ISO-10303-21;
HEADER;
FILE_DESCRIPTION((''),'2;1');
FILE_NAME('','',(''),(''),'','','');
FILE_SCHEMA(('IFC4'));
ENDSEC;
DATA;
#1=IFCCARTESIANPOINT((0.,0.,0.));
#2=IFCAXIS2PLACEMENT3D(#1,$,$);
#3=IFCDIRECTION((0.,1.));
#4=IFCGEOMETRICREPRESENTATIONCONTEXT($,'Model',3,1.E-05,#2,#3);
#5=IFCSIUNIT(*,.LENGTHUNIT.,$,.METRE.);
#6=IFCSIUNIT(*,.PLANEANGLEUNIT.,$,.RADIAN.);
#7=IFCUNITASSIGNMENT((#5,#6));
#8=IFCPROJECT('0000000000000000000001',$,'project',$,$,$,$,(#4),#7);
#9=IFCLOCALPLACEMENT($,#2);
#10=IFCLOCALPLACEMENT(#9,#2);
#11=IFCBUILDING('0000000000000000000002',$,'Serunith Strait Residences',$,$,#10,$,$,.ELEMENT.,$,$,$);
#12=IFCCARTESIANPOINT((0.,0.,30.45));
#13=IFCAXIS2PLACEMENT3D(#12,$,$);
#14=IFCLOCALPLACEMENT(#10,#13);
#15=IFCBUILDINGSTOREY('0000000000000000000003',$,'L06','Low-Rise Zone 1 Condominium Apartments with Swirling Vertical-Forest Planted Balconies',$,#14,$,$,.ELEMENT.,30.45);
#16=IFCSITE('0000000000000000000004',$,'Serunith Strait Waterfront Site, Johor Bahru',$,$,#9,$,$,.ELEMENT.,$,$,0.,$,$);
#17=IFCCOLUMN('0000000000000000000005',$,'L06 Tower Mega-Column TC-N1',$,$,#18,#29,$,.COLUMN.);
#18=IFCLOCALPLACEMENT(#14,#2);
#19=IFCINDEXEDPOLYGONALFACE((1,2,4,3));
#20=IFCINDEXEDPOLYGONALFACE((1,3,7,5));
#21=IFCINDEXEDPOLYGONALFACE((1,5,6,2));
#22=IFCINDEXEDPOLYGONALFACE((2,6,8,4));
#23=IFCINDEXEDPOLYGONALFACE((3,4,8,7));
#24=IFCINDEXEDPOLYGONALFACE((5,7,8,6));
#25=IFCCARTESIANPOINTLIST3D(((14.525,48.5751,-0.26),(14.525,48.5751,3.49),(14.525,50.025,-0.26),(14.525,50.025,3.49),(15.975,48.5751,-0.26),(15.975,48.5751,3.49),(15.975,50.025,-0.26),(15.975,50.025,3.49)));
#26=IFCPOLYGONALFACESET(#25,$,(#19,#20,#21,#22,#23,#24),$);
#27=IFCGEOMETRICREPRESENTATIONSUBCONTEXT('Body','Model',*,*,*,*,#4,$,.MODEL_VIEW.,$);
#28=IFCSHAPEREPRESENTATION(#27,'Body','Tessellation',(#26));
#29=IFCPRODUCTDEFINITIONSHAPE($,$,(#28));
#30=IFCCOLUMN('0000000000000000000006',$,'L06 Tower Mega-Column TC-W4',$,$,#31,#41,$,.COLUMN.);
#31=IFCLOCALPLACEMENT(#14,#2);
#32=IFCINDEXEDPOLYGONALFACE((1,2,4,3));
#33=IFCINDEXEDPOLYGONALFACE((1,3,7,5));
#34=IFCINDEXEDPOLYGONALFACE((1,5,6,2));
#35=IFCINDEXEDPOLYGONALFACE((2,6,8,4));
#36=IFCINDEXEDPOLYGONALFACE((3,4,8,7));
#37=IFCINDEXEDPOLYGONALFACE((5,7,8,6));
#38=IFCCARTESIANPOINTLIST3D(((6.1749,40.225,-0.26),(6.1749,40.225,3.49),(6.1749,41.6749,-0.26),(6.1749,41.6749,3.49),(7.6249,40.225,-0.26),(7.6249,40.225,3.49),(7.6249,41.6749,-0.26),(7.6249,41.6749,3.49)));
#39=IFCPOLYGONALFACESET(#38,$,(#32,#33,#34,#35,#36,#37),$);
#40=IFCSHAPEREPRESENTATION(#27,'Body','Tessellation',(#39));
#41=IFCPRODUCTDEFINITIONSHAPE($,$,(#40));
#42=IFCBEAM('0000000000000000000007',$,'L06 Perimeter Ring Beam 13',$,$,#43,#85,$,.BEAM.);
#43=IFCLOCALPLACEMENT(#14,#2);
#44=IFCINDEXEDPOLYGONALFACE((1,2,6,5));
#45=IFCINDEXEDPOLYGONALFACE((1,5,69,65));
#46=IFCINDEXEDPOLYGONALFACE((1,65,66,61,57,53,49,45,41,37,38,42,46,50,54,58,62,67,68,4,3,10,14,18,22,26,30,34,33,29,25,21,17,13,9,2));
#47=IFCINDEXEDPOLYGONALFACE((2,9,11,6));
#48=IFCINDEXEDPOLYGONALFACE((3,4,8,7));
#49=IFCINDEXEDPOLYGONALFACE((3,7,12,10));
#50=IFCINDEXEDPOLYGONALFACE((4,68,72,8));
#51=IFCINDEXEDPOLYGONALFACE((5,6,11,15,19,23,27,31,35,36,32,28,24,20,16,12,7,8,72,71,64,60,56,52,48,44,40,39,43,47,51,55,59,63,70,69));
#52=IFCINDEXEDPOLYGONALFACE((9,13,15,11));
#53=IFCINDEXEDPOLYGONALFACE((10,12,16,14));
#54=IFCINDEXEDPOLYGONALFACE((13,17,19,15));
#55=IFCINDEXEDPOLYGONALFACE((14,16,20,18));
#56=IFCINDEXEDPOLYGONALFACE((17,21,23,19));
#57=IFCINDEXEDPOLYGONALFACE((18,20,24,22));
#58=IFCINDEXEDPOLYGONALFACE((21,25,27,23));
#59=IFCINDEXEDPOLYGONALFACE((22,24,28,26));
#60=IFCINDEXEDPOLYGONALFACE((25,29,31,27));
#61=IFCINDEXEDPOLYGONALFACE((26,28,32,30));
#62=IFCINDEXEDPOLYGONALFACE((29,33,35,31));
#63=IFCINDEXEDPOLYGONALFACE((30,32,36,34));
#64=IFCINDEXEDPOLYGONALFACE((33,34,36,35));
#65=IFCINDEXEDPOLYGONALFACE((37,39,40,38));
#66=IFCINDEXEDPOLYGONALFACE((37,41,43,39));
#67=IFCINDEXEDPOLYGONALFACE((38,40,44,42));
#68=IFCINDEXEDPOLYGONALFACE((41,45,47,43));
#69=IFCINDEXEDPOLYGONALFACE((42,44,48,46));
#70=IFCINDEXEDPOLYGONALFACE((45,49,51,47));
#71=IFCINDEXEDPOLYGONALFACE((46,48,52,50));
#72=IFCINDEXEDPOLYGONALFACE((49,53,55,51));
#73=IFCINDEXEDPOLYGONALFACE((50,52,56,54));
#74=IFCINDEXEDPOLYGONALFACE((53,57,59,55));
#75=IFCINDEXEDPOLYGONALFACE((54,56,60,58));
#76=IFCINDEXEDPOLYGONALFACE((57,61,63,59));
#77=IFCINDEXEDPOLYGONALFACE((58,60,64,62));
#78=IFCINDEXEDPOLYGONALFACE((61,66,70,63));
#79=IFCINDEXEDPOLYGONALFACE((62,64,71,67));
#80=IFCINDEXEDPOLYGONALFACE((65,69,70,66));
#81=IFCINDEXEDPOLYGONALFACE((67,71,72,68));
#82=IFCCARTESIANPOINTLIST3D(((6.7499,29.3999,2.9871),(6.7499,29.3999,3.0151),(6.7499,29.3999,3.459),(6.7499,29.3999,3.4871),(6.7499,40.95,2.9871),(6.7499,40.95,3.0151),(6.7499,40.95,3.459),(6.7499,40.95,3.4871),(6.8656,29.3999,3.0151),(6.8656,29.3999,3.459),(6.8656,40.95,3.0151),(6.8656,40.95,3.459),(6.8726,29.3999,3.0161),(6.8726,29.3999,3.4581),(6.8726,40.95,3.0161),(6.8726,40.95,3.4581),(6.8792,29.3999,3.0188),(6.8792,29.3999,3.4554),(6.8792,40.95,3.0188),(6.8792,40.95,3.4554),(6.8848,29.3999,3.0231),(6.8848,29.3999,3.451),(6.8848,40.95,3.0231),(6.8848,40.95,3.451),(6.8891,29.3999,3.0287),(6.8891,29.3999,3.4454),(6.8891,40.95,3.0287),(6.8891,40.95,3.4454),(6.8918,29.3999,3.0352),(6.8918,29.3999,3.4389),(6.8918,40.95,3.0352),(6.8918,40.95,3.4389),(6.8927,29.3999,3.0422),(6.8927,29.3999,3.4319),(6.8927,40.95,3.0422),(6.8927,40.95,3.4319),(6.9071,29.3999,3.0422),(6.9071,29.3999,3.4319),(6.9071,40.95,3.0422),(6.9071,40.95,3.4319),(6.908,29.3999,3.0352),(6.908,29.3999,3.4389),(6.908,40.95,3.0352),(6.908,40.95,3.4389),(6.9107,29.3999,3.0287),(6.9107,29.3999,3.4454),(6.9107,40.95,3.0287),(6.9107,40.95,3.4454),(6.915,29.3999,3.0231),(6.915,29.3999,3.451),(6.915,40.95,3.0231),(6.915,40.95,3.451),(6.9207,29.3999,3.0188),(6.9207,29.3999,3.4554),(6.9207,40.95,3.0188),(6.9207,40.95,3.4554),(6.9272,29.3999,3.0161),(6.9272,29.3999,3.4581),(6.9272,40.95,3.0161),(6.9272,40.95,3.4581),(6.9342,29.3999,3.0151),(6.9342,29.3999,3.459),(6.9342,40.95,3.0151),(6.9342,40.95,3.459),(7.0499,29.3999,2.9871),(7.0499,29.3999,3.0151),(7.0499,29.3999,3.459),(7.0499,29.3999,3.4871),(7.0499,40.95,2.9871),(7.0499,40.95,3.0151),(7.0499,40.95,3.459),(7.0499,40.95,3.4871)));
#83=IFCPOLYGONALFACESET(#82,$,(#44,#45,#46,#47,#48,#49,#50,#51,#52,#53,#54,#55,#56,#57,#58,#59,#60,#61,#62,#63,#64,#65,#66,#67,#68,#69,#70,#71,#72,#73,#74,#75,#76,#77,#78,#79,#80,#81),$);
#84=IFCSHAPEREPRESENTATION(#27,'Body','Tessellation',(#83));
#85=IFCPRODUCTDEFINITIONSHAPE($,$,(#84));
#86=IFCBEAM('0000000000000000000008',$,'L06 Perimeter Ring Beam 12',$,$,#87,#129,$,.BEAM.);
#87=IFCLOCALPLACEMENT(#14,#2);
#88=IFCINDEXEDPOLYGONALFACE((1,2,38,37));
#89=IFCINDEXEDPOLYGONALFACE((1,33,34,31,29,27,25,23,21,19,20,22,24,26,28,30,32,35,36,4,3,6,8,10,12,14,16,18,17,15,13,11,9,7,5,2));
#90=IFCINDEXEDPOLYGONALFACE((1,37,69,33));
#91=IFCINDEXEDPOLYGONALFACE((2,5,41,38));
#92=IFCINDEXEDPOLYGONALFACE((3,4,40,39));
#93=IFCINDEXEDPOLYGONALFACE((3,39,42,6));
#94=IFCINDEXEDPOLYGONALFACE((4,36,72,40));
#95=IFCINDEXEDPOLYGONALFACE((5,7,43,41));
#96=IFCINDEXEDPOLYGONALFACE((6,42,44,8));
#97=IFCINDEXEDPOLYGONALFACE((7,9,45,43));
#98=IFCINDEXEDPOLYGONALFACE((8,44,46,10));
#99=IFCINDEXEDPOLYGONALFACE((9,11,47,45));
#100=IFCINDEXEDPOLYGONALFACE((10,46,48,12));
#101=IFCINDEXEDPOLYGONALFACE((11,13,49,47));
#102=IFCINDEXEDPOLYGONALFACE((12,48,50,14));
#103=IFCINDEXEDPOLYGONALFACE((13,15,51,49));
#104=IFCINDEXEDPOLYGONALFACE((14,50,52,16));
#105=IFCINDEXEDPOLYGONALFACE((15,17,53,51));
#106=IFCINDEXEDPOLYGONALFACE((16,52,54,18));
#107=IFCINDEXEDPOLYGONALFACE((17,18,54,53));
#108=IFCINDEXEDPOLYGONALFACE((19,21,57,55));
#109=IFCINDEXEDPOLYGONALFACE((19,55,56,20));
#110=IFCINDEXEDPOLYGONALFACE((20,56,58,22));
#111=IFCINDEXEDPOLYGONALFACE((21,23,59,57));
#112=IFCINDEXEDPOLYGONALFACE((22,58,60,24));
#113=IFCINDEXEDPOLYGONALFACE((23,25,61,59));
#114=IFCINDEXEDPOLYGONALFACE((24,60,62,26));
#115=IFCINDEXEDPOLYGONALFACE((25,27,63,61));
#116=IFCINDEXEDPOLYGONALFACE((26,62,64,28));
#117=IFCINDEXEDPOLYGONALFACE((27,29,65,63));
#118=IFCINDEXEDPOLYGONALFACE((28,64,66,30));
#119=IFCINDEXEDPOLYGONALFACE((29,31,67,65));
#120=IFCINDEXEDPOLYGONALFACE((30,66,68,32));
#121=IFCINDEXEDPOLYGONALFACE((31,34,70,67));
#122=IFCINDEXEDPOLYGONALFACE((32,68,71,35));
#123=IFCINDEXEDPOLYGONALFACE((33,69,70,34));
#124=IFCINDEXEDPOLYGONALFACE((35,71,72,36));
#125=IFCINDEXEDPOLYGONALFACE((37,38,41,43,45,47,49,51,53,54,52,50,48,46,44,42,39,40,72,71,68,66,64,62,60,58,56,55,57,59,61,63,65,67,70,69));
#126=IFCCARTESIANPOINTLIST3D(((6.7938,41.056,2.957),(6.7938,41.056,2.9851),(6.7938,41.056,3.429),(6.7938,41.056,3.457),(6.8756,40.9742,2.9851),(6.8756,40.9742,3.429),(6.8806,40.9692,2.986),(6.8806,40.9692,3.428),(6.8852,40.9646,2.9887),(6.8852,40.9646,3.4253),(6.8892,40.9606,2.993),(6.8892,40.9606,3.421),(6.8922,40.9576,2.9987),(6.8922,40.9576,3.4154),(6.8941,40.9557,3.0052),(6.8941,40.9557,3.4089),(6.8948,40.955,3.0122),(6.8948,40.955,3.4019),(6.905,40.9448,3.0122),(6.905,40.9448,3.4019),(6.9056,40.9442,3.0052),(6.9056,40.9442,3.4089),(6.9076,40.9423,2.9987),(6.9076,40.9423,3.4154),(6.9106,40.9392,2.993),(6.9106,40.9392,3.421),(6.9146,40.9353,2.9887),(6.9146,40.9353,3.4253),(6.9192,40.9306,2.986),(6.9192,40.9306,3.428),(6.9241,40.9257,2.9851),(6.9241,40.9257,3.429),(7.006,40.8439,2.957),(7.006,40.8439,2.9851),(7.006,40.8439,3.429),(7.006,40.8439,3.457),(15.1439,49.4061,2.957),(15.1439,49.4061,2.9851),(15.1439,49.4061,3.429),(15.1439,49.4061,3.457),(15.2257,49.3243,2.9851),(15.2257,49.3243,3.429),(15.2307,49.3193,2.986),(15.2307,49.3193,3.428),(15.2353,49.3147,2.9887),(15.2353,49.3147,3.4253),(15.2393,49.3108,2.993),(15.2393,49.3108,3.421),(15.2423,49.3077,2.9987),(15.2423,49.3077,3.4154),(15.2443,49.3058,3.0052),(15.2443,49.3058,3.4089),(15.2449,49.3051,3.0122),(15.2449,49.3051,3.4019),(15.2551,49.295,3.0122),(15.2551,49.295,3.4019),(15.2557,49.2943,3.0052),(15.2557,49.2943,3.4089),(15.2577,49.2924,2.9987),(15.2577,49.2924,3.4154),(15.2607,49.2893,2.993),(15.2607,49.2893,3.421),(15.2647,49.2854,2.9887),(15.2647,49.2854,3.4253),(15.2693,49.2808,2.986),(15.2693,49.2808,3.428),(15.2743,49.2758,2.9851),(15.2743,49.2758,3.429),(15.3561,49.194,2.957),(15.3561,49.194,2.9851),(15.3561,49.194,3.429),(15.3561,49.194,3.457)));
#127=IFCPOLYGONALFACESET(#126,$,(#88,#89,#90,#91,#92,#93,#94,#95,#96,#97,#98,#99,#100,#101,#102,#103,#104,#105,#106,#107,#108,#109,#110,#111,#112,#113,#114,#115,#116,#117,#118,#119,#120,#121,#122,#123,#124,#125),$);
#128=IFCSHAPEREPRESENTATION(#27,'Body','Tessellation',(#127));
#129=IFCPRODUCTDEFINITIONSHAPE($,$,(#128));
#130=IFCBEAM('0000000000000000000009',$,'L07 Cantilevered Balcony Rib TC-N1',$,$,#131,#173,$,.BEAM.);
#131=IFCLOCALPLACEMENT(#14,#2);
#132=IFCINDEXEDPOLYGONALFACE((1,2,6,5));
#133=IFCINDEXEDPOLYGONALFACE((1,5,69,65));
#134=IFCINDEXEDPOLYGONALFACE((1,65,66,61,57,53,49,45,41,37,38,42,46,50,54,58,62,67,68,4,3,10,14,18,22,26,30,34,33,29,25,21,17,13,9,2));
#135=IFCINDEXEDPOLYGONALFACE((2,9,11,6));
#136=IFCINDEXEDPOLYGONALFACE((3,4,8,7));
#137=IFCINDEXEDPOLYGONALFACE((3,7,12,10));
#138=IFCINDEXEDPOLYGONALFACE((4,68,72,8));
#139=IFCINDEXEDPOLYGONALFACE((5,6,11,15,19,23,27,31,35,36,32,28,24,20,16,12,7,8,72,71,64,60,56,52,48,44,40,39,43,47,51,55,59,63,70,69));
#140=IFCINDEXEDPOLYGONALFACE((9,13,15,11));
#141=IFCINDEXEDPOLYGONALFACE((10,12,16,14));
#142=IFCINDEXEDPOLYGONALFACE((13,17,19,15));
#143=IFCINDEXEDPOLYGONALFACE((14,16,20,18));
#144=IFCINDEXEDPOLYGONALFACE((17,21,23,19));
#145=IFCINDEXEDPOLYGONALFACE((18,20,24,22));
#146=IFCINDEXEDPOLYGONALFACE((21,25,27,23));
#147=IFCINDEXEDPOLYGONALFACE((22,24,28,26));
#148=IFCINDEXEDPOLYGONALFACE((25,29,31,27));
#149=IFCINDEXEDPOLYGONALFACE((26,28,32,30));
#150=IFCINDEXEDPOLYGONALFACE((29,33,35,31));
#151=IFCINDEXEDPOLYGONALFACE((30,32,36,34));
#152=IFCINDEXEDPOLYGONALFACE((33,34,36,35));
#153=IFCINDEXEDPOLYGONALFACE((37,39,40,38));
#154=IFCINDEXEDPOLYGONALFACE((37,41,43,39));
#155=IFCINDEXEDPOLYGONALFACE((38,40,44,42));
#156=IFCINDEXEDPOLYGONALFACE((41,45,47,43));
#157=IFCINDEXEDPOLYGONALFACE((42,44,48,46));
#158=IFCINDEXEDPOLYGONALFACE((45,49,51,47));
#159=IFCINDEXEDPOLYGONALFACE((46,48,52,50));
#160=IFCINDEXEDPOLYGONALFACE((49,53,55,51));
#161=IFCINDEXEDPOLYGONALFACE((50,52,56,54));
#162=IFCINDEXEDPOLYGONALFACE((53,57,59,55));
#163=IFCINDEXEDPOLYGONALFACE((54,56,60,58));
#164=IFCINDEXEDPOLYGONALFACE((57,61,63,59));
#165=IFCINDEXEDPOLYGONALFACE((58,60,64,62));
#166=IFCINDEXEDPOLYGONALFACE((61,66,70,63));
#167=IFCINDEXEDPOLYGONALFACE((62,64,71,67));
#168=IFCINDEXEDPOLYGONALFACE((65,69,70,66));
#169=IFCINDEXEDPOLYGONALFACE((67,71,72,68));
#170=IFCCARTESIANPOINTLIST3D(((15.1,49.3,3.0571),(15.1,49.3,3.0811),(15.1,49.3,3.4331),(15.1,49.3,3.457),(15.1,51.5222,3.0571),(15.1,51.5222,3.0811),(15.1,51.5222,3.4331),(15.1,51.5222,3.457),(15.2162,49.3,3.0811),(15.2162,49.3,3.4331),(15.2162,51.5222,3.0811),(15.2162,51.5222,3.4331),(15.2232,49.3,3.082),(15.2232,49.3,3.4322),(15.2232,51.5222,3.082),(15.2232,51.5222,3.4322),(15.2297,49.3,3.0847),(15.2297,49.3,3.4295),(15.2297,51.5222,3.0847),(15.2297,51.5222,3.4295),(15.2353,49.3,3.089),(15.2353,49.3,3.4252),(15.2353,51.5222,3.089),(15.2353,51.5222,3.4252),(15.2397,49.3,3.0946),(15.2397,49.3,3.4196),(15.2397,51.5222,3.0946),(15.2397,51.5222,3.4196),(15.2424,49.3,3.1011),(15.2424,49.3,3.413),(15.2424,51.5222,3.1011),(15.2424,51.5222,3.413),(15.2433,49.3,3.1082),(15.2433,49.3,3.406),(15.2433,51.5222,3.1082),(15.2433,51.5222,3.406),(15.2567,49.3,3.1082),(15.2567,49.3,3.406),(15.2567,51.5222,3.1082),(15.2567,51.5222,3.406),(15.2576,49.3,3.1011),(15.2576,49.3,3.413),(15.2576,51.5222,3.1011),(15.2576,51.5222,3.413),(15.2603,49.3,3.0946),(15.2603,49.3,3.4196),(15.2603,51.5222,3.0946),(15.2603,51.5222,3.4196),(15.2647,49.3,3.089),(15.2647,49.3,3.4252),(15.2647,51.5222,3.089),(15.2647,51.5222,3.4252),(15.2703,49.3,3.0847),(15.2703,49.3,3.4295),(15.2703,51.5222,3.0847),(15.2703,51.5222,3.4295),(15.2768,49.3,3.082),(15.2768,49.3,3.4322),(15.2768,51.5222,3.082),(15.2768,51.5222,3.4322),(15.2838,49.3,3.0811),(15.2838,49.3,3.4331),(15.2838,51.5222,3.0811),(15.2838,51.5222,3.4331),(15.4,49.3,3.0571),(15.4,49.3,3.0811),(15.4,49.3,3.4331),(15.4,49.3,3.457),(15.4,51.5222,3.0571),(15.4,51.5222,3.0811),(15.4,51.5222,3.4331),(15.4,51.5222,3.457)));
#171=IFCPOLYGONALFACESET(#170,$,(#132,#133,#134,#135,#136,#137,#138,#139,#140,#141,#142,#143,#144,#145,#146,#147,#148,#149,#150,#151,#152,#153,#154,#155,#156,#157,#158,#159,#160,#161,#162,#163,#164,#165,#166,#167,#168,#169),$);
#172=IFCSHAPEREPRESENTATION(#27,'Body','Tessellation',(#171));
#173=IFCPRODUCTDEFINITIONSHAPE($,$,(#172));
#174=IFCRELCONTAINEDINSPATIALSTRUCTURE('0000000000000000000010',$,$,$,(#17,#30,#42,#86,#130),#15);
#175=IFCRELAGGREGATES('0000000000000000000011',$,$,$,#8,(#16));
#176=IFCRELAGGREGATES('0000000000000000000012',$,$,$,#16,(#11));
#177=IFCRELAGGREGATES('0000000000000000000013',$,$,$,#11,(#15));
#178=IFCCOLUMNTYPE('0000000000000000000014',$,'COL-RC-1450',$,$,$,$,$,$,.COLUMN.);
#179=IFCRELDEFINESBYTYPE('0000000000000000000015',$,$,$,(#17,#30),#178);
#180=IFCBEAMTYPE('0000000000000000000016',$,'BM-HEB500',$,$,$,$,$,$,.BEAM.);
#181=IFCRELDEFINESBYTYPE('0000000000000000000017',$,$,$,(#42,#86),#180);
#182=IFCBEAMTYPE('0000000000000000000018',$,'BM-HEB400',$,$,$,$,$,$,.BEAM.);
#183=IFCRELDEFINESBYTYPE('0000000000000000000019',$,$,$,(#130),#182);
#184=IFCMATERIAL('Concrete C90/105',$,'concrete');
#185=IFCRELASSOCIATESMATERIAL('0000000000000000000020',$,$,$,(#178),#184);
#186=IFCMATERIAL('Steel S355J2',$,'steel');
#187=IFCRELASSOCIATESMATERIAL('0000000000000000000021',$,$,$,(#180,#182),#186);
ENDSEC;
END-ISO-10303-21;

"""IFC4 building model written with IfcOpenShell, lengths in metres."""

from ifc_helpers import new_model, si_unit, direction, frame, origin, origin_2d, place, context, subcontext, project, spatial, rectangle, i_section, extrude, source, transform, mapped, material, material_profile, profile_set, type_object, element, save


model = new_model("IFC4")

# Units and contexts
model_context = context("Model", 3, precision=1e-05, world=origin(), true_north=direction((0.0, 1.0)))
body_context = subcontext(model_context, "Body", "Model", "MODEL_VIEW")
ifc_project = project(units=[si_unit("LENGTHUNIT", "METRE"), si_unit("PLANEANGLEUNIT", "RADIAN")], contexts=[model_context])

# Site, building, storey
site_placement = place(None, origin())
site = spatial("IfcSite", under=ifc_project, at=site_placement, Name="Serunith Strait Waterfront Site, Johor Bahru", CompositionType="ELEMENT", RefElevation=0.0)
building_placement = place(site_placement, origin())
building = spatial("IfcBuilding", under=site, at=building_placement, Name="Serunith Strait Residences", CompositionType="ELEMENT")
storey_placement = place(building_placement, frame((0.0, 0.0, 30.45)))
storey = spatial("IfcBuildingStorey", under=building, at=storey_placement, Name="L06", Description="Low-Rise Zone 1 Condominium Apartments with Swirling Vertical-Forest Planted Balconies", CompositionType="ELEMENT", Elevation=30.45)

# Columns
ifc_material_1 = material(Name="Concrete C90/105", Category="concrete")
ifc_material_profile_1 = material_profile(ifc_material_1, rectangle(XDim=1.45, YDim=1.45, at=origin_2d()), Name="RC 1450x1450")
ifc_profile_set_1 = profile_set([ifc_material_profile_1], Name="Concrete C90/105")
column_type = type_object("IfcColumnType", Name="COL-RC-1450", PredefinedType="COLUMN", material=ifc_profile_set_1)
shared_shape_1 = source(origin(), body_context, "Body", "SweptSolid", [
    extrude(rectangle(XDim=1.45, YDim=1.45, at=origin_2d()), origin(), (0.0, 0.0, 1.0), 3.75),
])
for number, where, z_axis, x_axis, name in (
    (1, (15.25, 49.3, -0.26), (0.0, 0.0, 1.0), (1.0, 0.0, 0.0), "L06 Tower Mega-Column TC-N1"),
    (2, (6.8999, 40.95, -0.26), (0.0, 0.0, 1.0), (1.0, 0.0, 0.0), "L06 Tower Mega-Column TC-W4"),
):
    element("IfcColumn", number, at=place(storey_placement, frame(where, z_axis=z_axis, x_axis=x_axis)), inside=storey, type_object=column_type, Name=name, PredefinedType="COLUMN", context=body_context, shape_type="MappedRepresentation", body=[
        mapped(shared_shape_1, transform((0.0, 0.0, 0.0), scale=1.0)),
    ])

# Beams
ifc_material_2 = material(Name="Steel S355J2", Category="steel")
ifc_material_profile_2 = material_profile(ifc_material_2, i_section(OverallWidth=0.3, OverallDepth=0.5, WebThickness=0.0144, FlangeThickness=0.0281, FilletRadius=0.0271, at=origin_2d()), Name="HEB 500")
ifc_profile_set_2 = profile_set([ifc_material_profile_2], Name="Steel S355J2")
beam_type_1 = type_object("IfcBeamType", Name="BM-HEB500", PredefinedType="BEAM", material=ifc_profile_set_2)
shared_shape_2 = source(origin(), body_context, "Body", "SweptSolid", [
    extrude(i_section(OverallWidth=0.3, OverallDepth=0.5, WebThickness=0.0144, FlangeThickness=0.0281, FilletRadius=0.0271, at=origin_2d()), origin(), (0.0, 0.0, 1.0), 11.55),
])
beam_1_placement = place(storey_placement, frame((6.8999, 40.95, 3.2371), z_axis=(0.0, -1.0, 0.0), x_axis=(1.0, 0.0, 0.0)))
element("IfcBeam", 3, at=beam_1_placement, inside=storey, type_object=beam_type_1, Name="L06 Perimeter Ring Beam 13", PredefinedType="BEAM", context=body_context, shape_type="MappedRepresentation", body=[
    mapped(shared_shape_2, transform((0.0, 0.0, 0.0), scale=1.0)),
])
shared_shape_3 = source(origin(), body_context, "Body", "SweptSolid", [
    extrude(i_section(OverallWidth=0.3, OverallDepth=0.5, WebThickness=0.0144, FlangeThickness=0.0281, FilletRadius=0.0271, at=origin_2d()), origin(), (0.0, 0.0, 1.0), 11.8088),
])
beam_2_placement = place(storey_placement, frame((15.25, 49.3, 3.207), z_axis=(-0.707107, -0.707107, 0.0), x_axis=(0.707107, -0.707107, 0.0)))
element("IfcBeam", 4, at=beam_2_placement, inside=storey, type_object=beam_type_1, Name="L06 Perimeter Ring Beam 12", PredefinedType="BEAM", context=body_context, shape_type="MappedRepresentation", body=[
    mapped(shared_shape_3, transform((0.0, 0.0, 0.0), scale=1.0)),
])
ifc_material_profile_3 = material_profile(ifc_material_2, i_section(OverallWidth=0.3, OverallDepth=0.3999, WebThickness=0.0134, FlangeThickness=0.0239, FilletRadius=0.0271, at=origin_2d()), Name="HEB 400")
ifc_profile_set_3 = profile_set([ifc_material_profile_3], Name="Steel S355J2")
beam_type_2 = type_object("IfcBeamType", Name="BM-HEB400", PredefinedType="BEAM", material=ifc_profile_set_3)
shared_shape_4 = source(origin(), body_context, "Body", "SweptSolid", [
    extrude(i_section(OverallWidth=0.3, OverallDepth=0.3999, WebThickness=0.0134, FlangeThickness=0.0239, FilletRadius=0.0271, at=origin_2d()), origin(), (0.0, 0.0, 1.0), 2.2222),
])
beam_3_placement = place(storey_placement, frame((15.25, 49.3, 3.2571), z_axis=(0.0, 1.0, 0.0), x_axis=(-1.0, 0.0, 0.0)))
element("IfcBeam", 5, at=beam_3_placement, inside=storey, type_object=beam_type_2, Name="L07 Cantilevered Balcony Rib TC-N1", PredefinedType="BEAM", context=body_context, shape_type="MappedRepresentation", body=[
    mapped(shared_shape_4, transform((0.0, 0.0, 0.0), scale=1.0)),
])

save(model, "model.ifc")
